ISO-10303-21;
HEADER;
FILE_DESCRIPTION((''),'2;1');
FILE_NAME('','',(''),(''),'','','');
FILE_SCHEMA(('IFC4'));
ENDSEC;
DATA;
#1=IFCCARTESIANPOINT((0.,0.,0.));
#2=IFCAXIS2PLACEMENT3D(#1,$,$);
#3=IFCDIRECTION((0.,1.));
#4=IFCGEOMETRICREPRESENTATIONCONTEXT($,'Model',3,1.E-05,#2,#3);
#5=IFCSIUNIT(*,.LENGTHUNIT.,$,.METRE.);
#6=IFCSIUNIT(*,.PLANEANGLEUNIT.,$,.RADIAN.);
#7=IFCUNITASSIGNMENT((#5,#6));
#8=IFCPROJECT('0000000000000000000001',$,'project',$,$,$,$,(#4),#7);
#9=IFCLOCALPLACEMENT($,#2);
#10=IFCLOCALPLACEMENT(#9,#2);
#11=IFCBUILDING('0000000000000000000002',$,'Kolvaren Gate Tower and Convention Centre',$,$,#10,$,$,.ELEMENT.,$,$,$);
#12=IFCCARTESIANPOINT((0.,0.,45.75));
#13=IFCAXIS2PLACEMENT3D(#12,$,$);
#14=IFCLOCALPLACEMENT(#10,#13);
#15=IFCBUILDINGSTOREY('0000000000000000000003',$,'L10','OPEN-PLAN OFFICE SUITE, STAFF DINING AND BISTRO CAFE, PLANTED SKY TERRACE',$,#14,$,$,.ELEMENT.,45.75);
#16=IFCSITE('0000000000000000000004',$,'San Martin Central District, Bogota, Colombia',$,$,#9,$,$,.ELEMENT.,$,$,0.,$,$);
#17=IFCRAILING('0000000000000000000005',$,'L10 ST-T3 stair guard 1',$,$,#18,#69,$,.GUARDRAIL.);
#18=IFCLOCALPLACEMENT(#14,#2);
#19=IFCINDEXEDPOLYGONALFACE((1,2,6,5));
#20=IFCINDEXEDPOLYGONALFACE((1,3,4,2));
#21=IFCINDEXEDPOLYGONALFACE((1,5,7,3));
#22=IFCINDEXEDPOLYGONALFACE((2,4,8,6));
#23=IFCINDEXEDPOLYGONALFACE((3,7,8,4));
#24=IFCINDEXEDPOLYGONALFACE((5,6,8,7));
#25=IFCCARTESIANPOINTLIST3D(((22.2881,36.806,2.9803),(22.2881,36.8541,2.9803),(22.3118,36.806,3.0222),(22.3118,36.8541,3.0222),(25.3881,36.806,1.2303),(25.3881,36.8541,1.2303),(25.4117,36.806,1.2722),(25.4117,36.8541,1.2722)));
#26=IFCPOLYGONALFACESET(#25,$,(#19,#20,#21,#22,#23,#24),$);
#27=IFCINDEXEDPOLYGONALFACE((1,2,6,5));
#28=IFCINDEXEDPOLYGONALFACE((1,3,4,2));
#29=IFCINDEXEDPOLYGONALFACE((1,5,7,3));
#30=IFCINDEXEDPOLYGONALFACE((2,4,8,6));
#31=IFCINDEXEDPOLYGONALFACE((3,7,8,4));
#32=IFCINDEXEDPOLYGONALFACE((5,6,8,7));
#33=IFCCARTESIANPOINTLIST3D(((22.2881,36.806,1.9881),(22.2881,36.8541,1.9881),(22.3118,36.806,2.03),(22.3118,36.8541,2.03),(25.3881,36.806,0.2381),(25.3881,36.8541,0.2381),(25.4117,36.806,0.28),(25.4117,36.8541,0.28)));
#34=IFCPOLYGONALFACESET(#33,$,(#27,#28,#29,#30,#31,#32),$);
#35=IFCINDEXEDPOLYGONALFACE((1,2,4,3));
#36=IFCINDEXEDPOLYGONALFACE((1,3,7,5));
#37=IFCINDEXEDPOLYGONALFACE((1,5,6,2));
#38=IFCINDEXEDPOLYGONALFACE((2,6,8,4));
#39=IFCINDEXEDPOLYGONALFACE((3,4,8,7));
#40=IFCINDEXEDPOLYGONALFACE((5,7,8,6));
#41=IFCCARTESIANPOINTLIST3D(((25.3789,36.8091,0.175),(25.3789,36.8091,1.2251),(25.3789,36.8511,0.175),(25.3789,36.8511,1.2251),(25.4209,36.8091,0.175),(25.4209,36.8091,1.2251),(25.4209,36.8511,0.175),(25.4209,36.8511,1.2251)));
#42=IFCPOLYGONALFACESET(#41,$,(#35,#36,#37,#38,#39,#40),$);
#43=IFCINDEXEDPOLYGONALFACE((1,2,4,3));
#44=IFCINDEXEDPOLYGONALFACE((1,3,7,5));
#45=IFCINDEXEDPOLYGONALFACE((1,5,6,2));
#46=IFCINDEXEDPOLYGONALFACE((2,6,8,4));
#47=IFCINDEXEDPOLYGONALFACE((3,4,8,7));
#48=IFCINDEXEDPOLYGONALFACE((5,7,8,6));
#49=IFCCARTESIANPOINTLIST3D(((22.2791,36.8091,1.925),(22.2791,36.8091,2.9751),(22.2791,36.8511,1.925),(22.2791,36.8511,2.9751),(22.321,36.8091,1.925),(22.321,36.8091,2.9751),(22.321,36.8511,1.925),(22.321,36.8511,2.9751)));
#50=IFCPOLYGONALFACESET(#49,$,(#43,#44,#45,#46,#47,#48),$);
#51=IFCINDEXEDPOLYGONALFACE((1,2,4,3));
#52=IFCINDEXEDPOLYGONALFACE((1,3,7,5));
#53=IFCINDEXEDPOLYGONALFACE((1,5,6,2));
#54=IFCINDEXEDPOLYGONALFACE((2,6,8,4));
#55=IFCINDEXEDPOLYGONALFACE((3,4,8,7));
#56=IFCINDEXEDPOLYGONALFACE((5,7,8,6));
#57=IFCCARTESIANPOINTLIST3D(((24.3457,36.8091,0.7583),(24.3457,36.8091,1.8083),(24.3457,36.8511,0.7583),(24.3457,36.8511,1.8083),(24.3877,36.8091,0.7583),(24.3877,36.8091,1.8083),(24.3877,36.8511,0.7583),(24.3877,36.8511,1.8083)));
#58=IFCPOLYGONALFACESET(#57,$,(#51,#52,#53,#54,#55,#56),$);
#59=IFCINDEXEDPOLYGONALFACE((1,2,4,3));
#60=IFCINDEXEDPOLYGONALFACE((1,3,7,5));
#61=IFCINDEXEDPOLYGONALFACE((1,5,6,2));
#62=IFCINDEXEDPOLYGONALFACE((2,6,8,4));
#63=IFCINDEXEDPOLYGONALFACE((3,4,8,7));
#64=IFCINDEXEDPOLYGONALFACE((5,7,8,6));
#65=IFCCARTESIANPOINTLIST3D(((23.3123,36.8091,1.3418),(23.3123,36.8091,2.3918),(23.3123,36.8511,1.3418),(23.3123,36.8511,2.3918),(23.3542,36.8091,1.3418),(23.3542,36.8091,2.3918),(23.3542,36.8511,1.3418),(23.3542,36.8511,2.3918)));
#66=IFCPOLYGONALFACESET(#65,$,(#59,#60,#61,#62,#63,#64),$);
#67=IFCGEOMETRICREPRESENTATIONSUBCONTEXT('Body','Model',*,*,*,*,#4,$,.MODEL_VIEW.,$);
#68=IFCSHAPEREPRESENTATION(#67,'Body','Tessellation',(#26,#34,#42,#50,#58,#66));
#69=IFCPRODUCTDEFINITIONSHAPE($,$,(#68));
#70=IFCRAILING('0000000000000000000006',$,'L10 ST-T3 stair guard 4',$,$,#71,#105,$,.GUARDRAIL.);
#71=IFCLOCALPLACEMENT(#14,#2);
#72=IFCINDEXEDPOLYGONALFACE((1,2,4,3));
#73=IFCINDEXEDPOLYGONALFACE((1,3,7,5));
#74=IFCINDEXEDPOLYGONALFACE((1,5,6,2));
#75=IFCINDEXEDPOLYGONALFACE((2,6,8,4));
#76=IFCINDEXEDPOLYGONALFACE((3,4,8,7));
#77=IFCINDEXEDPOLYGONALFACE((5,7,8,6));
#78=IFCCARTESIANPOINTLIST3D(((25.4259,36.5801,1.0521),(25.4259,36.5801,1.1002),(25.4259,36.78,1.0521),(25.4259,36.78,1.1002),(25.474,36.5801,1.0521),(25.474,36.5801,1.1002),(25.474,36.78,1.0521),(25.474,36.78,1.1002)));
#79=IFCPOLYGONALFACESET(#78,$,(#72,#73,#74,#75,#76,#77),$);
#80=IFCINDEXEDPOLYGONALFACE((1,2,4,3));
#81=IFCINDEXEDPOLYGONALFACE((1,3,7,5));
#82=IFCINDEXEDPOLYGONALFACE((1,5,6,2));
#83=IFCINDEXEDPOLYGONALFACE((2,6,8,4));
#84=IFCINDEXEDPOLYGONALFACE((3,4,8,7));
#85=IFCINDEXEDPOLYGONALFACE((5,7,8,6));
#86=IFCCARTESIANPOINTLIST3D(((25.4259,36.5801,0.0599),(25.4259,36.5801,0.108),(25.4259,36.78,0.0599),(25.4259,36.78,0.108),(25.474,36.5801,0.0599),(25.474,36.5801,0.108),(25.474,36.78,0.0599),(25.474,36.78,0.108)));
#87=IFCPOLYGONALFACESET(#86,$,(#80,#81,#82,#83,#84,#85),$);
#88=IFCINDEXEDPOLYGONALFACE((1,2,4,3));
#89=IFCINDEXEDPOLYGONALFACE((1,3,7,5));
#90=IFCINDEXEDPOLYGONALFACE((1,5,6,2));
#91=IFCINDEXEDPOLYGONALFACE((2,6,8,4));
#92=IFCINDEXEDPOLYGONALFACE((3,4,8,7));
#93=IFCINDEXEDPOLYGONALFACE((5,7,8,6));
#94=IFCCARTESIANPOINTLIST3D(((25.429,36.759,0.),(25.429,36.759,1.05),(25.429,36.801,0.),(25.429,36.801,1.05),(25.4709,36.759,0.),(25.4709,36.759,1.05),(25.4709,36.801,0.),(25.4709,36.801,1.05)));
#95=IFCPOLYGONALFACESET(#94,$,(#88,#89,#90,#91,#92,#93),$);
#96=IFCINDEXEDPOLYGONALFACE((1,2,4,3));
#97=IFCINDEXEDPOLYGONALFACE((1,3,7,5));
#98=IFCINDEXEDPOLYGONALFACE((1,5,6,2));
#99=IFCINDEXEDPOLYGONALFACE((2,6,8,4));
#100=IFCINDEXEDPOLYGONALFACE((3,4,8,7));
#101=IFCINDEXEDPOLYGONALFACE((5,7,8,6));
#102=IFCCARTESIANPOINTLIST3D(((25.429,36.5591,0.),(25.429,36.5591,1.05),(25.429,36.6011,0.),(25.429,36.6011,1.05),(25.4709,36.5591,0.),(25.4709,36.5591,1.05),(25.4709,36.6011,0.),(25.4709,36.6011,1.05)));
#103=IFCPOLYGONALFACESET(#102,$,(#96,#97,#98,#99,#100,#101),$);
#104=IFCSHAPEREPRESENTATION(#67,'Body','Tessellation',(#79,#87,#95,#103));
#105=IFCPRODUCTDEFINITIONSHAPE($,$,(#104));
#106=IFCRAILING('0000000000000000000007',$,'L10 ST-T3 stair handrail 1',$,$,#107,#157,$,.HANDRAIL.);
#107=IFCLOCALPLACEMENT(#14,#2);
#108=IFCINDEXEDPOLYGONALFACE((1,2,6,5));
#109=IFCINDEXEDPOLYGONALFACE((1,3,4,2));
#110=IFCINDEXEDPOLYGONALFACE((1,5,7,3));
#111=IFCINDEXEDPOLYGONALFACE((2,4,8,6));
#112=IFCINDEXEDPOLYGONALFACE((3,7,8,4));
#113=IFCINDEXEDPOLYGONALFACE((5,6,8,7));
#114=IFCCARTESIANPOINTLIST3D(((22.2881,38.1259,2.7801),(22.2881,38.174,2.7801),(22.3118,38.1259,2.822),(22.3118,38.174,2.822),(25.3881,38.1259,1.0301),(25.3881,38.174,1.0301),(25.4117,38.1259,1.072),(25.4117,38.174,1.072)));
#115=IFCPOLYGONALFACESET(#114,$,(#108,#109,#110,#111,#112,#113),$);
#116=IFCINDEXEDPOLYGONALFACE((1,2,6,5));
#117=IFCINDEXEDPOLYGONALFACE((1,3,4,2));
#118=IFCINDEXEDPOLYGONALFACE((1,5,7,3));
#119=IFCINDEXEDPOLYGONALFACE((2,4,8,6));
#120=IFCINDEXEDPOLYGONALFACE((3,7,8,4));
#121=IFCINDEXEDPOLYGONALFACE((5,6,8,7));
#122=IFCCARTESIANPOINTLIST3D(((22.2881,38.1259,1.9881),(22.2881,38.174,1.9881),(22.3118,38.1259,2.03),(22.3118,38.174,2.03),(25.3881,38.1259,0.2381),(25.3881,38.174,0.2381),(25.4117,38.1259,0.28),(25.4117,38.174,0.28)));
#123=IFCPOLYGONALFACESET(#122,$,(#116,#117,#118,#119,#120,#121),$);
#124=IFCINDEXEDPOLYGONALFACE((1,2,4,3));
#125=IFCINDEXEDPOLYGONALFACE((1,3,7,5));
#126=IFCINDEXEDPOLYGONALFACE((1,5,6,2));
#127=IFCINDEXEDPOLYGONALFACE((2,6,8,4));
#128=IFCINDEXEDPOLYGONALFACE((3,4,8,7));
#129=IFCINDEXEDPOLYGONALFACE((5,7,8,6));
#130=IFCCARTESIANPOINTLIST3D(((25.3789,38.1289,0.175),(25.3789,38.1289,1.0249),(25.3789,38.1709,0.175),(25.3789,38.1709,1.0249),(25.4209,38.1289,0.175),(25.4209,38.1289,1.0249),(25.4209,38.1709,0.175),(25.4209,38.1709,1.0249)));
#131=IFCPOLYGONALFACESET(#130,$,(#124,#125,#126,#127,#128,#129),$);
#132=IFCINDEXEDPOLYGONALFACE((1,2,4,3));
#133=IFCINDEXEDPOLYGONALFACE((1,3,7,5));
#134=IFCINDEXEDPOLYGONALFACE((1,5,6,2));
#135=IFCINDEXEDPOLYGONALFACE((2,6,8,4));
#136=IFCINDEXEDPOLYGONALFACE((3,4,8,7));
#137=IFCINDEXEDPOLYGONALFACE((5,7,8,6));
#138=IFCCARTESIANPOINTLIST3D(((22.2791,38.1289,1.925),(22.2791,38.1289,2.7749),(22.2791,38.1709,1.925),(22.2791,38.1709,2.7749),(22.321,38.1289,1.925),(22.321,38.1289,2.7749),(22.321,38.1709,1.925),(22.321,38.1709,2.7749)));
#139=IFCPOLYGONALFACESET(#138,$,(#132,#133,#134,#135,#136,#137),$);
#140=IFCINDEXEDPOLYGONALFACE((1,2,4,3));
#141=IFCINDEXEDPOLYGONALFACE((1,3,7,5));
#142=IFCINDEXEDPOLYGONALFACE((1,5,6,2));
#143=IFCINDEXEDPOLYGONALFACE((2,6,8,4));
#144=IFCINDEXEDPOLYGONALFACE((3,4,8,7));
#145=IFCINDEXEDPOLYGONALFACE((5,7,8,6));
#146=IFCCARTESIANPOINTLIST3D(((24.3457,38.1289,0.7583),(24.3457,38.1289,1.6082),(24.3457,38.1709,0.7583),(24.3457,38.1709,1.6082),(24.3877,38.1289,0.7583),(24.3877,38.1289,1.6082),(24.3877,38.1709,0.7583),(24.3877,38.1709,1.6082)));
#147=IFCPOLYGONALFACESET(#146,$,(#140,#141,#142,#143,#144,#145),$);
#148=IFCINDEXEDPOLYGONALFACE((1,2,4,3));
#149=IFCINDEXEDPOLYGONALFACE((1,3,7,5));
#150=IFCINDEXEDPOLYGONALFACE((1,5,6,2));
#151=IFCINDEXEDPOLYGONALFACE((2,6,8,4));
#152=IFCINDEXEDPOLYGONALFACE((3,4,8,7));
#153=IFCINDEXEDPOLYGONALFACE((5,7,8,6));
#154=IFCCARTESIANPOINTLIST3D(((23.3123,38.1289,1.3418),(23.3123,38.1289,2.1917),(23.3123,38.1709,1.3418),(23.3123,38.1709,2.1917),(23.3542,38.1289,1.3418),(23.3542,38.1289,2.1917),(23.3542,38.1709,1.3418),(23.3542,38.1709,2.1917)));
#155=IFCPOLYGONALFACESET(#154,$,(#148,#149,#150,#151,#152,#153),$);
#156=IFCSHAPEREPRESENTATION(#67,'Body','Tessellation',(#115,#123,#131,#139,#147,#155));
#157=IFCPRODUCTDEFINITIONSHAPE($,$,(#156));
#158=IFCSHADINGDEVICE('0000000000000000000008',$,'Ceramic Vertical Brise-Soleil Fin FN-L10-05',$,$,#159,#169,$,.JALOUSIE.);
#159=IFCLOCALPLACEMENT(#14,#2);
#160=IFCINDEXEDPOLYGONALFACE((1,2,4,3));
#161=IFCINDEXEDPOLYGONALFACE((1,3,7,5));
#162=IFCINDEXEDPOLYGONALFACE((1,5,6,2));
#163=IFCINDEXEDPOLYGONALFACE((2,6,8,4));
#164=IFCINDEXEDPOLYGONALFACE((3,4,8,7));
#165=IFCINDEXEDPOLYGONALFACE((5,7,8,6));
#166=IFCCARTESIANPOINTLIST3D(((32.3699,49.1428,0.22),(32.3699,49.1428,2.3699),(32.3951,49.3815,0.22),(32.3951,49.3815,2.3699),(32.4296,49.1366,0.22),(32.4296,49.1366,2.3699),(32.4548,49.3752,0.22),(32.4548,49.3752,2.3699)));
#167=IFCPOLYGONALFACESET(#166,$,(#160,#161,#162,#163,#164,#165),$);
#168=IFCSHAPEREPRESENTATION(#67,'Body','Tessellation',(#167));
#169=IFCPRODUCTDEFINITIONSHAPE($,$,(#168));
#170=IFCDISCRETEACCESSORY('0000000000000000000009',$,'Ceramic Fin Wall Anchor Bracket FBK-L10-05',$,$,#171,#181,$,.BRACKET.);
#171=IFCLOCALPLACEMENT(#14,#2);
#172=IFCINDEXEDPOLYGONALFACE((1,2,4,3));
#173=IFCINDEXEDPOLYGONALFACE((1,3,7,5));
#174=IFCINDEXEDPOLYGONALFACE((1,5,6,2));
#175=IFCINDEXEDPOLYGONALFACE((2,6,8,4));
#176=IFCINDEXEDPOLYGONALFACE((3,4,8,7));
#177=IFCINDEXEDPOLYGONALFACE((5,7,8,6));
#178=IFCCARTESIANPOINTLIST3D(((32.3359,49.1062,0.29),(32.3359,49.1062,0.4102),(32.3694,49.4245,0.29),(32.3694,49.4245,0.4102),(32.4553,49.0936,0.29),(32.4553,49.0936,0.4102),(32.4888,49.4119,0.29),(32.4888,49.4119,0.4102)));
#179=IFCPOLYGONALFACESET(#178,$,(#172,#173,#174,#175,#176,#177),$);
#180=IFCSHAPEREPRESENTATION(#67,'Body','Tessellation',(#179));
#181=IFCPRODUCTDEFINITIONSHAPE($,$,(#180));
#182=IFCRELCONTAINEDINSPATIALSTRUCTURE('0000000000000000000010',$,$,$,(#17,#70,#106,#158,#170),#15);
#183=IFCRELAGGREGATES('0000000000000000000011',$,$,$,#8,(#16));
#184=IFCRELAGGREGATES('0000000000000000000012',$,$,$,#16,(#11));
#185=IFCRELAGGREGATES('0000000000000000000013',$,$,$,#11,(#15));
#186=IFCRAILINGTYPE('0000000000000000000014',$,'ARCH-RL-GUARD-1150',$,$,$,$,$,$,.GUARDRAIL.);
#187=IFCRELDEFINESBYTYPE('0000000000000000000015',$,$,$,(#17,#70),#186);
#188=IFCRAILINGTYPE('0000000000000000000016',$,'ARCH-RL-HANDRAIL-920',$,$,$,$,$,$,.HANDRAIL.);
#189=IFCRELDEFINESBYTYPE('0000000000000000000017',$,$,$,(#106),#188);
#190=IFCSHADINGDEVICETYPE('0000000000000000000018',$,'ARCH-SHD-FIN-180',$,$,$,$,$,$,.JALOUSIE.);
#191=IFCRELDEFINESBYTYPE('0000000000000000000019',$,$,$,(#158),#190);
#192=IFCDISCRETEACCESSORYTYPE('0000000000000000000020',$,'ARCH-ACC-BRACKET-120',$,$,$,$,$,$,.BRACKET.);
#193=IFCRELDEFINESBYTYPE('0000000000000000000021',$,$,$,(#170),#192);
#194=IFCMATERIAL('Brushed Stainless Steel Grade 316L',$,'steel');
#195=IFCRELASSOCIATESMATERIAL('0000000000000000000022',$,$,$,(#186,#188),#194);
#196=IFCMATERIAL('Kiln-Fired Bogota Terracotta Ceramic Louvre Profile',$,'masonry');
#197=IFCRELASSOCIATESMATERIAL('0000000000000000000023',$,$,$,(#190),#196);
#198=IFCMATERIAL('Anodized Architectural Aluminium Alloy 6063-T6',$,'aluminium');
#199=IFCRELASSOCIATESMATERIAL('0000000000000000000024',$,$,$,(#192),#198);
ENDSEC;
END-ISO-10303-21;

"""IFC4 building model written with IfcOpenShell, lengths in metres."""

from ifc_helpers import new_model, si_unit, direction, frame, origin, origin_2d, place, context, subcontext, project, spatial, rectangle, extrude, material, type_object, element, save


model = new_model("IFC4")

# Units and contexts
model_context = context("Model", 3, precision=1e-05, world=origin(), true_north=direction((0.0, 1.0)))
body_context = subcontext(model_context, "Body", "Model", "MODEL_VIEW")
ifc_project = project(units=[si_unit("LENGTHUNIT", "METRE"), si_unit("PLANEANGLEUNIT", "RADIAN")], contexts=[model_context])

# Site, building, storey
site_placement = place(None, origin())
site = spatial("IfcSite", under=ifc_project, at=site_placement, Name="San Martin Central District, Bogota, Colombia", CompositionType="ELEMENT", RefElevation=0.0)
building_placement = place(site_placement, origin())
building = spatial("IfcBuilding", under=site, at=building_placement, Name="Kolvaren Gate Tower and Convention Centre", CompositionType="ELEMENT")
storey_placement = place(building_placement, frame((0.0, 0.0, 45.75)))
storey = spatial("IfcBuildingStorey", under=building, at=storey_placement, Name="L10", Description="OPEN-PLAN OFFICE SUITE, STAFF DINING AND BISTRO CAFE, PLANTED SKY TERRACE", CompositionType="ELEMENT", Elevation=45.75)

# Railings
ifc_material_1 = material(Name="Brushed Stainless Steel Grade 316L", Category="steel")
railing_type_1 = type_object("IfcRailingType", Name="ARCH-RL-GUARD-1150", PredefinedType="GUARDRAIL", material=ifc_material_1)
railing_1_placement = place(storey_placement, frame((25.3999, 36.8301, 0.175)))
element("IfcRailing", 1, at=railing_1_placement, inside=storey, type_object=railing_type_1, Name="L10 ST-T3 stair guard 1", PredefinedType="GUARDRAIL", context=body_context, shape_type="SweptSolid", body=[
    extrude(rectangle(XDim=0.0481, YDim=0.0481, at=origin_2d()), frame((0.0, 0.0, 1.0762), z_axis=(-0.870814, 0.0, 0.491612), x_axis=(0.0, -1.0, 0.0)), (0.0, 0.0, 1.0), 3.5598),
    extrude(rectangle(XDim=0.0481, YDim=0.0481, at=origin_2d()), frame((0.0, 0.0, 0.084), z_axis=(-0.870814, 0.0, 0.491612), x_axis=(0.0, -1.0, 0.0)), (0.0, 0.0, 1.0), 3.5598),
    extrude(rectangle(XDim=0.042, YDim=0.042, at=origin_2d()), origin(), (0.0, 0.0, 1.0), 1.05),
    extrude(rectangle(XDim=0.042, YDim=0.042, at=origin_2d()), frame((-3.0999, 0.0, 1.75)), (0.0, 0.0, 1.0), 1.05),
    extrude(rectangle(XDim=0.042, YDim=0.042, at=origin_2d()), frame((-1.0332, 0.0, 0.5833)), (0.0, 0.0, 1.0), 1.05),
    extrude(rectangle(XDim=0.042, YDim=0.042, at=origin_2d()), frame((-2.0667, 0.0, 1.1667)), (0.0, 0.0, 1.0), 1.05),
])
railing_2_placement = place(storey_placement, frame((25.45, 36.78, 0.0)))
element("IfcRailing", 2, at=railing_2_placement, inside=storey, type_object=railing_type_1, Name="L10 ST-T3 stair guard 4", PredefinedType="GUARDRAIL", context=body_context, shape_type="SweptSolid", body=[
    extrude(rectangle(XDim=0.0481, YDim=0.0481, at=origin_2d()), frame((0.0, 0.0, 1.0762), z_axis=(0.0, -1.0, 0.0), x_axis=(1.0, 0.0, 0.0)), (0.0, 0.0, 1.0), 0.2),
    extrude(rectangle(XDim=0.0481, YDim=0.0481, at=origin_2d()), frame((0.0, 0.0, 0.084), z_axis=(0.0, -1.0, 0.0), x_axis=(1.0, 0.0, 0.0)), (0.0, 0.0, 1.0), 0.2),
    extrude(rectangle(XDim=0.042, YDim=0.042, at=origin_2d()), origin(), (0.0, 0.0, 1.0), 1.05),
    extrude(rectangle(XDim=0.042, YDim=0.042, at=origin_2d()), frame((0.0, -0.2, 0.0)), (0.0, 0.0, 1.0), 1.05),
])
railing_type_2 = type_object("IfcRailingType", Name="ARCH-RL-HANDRAIL-920", PredefinedType="HANDRAIL", material=ifc_material_1)
railing_3_placement = place(storey_placement, frame((25.3999, 38.1499, 0.175)))
element("IfcRailing", 3, at=railing_3_placement, inside=storey, type_object=railing_type_2, Name="L10 ST-T3 stair handrail 1", PredefinedType="HANDRAIL", context=body_context, shape_type="SweptSolid", body=[
    extrude(rectangle(XDim=0.0481, YDim=0.0481, at=origin_2d()), frame((0.0, 0.0, 0.876), z_axis=(-0.870814, 0.0, 0.491612), x_axis=(0.0, -1.0, 0.0)), (0.0, 0.0, 1.0), 3.5598),
    extrude(rectangle(XDim=0.0481, YDim=0.0481, at=origin_2d()), frame((0.0, 0.0, 0.084), z_axis=(-0.870814, 0.0, 0.491612), x_axis=(0.0, -1.0, 0.0)), (0.0, 0.0, 1.0), 3.5598),
    extrude(rectangle(XDim=0.042, YDim=0.042, at=origin_2d()), origin(), (0.0, 0.0, 1.0), 0.8499),
    extrude(rectangle(XDim=0.042, YDim=0.042, at=origin_2d()), frame((-3.0999, 0.0, 1.75)), (0.0, 0.0, 1.0), 0.8499),
    extrude(rectangle(XDim=0.042, YDim=0.042, at=origin_2d()), frame((-1.0332, 0.0, 0.5833)), (0.0, 0.0, 1.0), 0.8499),
    extrude(rectangle(XDim=0.042, YDim=0.042, at=origin_2d()), frame((-2.0667, 0.0, 1.1667)), (0.0, 0.0, 1.0), 0.8499),
])

# Shading device
ifc_material_2 = material(Name="Kiln-Fired Bogota Terracotta Ceramic Louvre Profile", Category="masonry")
shading_device_type = type_object("IfcShadingDeviceType", Name="ARCH-SHD-FIN-180", PredefinedType="JALOUSIE", material=ifc_material_2)
shading_device_placement = place(storey_placement, frame((32.4124, 49.259, 0.22), z_axis=(0.0, 0.0, 1.0), x_axis=(0.994499, -0.104747, 0.0)))
element("IfcShadingDevice", 4, at=shading_device_placement, inside=storey, type_object=shading_device_type, Name="Ceramic Vertical Brise-Soleil Fin FN-L10-05", PredefinedType="JALOUSIE", context=body_context, shape_type="SweptSolid", body=[
    extrude(rectangle(XDim=0.0601, YDim=0.24, at=origin_2d()), origin(), (0.0, 0.0, 1.0), 2.1499),
])

# Discrete accessory
ifc_material_3 = material(Name="Anodized Architectural Aluminium Alloy 6063-T6", Category="aluminium")
discrete_accessory_type = type_object("IfcDiscreteAccessoryType", Name="ARCH-ACC-BRACKET-120", PredefinedType="BRACKET", material=ifc_material_3)
discrete_accessory_placement = place(storey_placement, frame((32.4124, 49.259, 0.29), z_axis=(0.0, 0.0, 1.0), x_axis=(0.994499, -0.104747, 0.0)))
element("IfcDiscreteAccessory", 5, at=discrete_accessory_placement, inside=storey, type_object=discrete_accessory_type, Name="Ceramic Fin Wall Anchor Bracket FBK-L10-05", PredefinedType="BRACKET", context=body_context, shape_type="SweptSolid", body=[
    extrude(rectangle(XDim=0.1201, YDim=0.3201, at=origin_2d()), origin(), (0.0, 0.0, 1.0), 0.1201),
])

save(model, "model.ifc")
